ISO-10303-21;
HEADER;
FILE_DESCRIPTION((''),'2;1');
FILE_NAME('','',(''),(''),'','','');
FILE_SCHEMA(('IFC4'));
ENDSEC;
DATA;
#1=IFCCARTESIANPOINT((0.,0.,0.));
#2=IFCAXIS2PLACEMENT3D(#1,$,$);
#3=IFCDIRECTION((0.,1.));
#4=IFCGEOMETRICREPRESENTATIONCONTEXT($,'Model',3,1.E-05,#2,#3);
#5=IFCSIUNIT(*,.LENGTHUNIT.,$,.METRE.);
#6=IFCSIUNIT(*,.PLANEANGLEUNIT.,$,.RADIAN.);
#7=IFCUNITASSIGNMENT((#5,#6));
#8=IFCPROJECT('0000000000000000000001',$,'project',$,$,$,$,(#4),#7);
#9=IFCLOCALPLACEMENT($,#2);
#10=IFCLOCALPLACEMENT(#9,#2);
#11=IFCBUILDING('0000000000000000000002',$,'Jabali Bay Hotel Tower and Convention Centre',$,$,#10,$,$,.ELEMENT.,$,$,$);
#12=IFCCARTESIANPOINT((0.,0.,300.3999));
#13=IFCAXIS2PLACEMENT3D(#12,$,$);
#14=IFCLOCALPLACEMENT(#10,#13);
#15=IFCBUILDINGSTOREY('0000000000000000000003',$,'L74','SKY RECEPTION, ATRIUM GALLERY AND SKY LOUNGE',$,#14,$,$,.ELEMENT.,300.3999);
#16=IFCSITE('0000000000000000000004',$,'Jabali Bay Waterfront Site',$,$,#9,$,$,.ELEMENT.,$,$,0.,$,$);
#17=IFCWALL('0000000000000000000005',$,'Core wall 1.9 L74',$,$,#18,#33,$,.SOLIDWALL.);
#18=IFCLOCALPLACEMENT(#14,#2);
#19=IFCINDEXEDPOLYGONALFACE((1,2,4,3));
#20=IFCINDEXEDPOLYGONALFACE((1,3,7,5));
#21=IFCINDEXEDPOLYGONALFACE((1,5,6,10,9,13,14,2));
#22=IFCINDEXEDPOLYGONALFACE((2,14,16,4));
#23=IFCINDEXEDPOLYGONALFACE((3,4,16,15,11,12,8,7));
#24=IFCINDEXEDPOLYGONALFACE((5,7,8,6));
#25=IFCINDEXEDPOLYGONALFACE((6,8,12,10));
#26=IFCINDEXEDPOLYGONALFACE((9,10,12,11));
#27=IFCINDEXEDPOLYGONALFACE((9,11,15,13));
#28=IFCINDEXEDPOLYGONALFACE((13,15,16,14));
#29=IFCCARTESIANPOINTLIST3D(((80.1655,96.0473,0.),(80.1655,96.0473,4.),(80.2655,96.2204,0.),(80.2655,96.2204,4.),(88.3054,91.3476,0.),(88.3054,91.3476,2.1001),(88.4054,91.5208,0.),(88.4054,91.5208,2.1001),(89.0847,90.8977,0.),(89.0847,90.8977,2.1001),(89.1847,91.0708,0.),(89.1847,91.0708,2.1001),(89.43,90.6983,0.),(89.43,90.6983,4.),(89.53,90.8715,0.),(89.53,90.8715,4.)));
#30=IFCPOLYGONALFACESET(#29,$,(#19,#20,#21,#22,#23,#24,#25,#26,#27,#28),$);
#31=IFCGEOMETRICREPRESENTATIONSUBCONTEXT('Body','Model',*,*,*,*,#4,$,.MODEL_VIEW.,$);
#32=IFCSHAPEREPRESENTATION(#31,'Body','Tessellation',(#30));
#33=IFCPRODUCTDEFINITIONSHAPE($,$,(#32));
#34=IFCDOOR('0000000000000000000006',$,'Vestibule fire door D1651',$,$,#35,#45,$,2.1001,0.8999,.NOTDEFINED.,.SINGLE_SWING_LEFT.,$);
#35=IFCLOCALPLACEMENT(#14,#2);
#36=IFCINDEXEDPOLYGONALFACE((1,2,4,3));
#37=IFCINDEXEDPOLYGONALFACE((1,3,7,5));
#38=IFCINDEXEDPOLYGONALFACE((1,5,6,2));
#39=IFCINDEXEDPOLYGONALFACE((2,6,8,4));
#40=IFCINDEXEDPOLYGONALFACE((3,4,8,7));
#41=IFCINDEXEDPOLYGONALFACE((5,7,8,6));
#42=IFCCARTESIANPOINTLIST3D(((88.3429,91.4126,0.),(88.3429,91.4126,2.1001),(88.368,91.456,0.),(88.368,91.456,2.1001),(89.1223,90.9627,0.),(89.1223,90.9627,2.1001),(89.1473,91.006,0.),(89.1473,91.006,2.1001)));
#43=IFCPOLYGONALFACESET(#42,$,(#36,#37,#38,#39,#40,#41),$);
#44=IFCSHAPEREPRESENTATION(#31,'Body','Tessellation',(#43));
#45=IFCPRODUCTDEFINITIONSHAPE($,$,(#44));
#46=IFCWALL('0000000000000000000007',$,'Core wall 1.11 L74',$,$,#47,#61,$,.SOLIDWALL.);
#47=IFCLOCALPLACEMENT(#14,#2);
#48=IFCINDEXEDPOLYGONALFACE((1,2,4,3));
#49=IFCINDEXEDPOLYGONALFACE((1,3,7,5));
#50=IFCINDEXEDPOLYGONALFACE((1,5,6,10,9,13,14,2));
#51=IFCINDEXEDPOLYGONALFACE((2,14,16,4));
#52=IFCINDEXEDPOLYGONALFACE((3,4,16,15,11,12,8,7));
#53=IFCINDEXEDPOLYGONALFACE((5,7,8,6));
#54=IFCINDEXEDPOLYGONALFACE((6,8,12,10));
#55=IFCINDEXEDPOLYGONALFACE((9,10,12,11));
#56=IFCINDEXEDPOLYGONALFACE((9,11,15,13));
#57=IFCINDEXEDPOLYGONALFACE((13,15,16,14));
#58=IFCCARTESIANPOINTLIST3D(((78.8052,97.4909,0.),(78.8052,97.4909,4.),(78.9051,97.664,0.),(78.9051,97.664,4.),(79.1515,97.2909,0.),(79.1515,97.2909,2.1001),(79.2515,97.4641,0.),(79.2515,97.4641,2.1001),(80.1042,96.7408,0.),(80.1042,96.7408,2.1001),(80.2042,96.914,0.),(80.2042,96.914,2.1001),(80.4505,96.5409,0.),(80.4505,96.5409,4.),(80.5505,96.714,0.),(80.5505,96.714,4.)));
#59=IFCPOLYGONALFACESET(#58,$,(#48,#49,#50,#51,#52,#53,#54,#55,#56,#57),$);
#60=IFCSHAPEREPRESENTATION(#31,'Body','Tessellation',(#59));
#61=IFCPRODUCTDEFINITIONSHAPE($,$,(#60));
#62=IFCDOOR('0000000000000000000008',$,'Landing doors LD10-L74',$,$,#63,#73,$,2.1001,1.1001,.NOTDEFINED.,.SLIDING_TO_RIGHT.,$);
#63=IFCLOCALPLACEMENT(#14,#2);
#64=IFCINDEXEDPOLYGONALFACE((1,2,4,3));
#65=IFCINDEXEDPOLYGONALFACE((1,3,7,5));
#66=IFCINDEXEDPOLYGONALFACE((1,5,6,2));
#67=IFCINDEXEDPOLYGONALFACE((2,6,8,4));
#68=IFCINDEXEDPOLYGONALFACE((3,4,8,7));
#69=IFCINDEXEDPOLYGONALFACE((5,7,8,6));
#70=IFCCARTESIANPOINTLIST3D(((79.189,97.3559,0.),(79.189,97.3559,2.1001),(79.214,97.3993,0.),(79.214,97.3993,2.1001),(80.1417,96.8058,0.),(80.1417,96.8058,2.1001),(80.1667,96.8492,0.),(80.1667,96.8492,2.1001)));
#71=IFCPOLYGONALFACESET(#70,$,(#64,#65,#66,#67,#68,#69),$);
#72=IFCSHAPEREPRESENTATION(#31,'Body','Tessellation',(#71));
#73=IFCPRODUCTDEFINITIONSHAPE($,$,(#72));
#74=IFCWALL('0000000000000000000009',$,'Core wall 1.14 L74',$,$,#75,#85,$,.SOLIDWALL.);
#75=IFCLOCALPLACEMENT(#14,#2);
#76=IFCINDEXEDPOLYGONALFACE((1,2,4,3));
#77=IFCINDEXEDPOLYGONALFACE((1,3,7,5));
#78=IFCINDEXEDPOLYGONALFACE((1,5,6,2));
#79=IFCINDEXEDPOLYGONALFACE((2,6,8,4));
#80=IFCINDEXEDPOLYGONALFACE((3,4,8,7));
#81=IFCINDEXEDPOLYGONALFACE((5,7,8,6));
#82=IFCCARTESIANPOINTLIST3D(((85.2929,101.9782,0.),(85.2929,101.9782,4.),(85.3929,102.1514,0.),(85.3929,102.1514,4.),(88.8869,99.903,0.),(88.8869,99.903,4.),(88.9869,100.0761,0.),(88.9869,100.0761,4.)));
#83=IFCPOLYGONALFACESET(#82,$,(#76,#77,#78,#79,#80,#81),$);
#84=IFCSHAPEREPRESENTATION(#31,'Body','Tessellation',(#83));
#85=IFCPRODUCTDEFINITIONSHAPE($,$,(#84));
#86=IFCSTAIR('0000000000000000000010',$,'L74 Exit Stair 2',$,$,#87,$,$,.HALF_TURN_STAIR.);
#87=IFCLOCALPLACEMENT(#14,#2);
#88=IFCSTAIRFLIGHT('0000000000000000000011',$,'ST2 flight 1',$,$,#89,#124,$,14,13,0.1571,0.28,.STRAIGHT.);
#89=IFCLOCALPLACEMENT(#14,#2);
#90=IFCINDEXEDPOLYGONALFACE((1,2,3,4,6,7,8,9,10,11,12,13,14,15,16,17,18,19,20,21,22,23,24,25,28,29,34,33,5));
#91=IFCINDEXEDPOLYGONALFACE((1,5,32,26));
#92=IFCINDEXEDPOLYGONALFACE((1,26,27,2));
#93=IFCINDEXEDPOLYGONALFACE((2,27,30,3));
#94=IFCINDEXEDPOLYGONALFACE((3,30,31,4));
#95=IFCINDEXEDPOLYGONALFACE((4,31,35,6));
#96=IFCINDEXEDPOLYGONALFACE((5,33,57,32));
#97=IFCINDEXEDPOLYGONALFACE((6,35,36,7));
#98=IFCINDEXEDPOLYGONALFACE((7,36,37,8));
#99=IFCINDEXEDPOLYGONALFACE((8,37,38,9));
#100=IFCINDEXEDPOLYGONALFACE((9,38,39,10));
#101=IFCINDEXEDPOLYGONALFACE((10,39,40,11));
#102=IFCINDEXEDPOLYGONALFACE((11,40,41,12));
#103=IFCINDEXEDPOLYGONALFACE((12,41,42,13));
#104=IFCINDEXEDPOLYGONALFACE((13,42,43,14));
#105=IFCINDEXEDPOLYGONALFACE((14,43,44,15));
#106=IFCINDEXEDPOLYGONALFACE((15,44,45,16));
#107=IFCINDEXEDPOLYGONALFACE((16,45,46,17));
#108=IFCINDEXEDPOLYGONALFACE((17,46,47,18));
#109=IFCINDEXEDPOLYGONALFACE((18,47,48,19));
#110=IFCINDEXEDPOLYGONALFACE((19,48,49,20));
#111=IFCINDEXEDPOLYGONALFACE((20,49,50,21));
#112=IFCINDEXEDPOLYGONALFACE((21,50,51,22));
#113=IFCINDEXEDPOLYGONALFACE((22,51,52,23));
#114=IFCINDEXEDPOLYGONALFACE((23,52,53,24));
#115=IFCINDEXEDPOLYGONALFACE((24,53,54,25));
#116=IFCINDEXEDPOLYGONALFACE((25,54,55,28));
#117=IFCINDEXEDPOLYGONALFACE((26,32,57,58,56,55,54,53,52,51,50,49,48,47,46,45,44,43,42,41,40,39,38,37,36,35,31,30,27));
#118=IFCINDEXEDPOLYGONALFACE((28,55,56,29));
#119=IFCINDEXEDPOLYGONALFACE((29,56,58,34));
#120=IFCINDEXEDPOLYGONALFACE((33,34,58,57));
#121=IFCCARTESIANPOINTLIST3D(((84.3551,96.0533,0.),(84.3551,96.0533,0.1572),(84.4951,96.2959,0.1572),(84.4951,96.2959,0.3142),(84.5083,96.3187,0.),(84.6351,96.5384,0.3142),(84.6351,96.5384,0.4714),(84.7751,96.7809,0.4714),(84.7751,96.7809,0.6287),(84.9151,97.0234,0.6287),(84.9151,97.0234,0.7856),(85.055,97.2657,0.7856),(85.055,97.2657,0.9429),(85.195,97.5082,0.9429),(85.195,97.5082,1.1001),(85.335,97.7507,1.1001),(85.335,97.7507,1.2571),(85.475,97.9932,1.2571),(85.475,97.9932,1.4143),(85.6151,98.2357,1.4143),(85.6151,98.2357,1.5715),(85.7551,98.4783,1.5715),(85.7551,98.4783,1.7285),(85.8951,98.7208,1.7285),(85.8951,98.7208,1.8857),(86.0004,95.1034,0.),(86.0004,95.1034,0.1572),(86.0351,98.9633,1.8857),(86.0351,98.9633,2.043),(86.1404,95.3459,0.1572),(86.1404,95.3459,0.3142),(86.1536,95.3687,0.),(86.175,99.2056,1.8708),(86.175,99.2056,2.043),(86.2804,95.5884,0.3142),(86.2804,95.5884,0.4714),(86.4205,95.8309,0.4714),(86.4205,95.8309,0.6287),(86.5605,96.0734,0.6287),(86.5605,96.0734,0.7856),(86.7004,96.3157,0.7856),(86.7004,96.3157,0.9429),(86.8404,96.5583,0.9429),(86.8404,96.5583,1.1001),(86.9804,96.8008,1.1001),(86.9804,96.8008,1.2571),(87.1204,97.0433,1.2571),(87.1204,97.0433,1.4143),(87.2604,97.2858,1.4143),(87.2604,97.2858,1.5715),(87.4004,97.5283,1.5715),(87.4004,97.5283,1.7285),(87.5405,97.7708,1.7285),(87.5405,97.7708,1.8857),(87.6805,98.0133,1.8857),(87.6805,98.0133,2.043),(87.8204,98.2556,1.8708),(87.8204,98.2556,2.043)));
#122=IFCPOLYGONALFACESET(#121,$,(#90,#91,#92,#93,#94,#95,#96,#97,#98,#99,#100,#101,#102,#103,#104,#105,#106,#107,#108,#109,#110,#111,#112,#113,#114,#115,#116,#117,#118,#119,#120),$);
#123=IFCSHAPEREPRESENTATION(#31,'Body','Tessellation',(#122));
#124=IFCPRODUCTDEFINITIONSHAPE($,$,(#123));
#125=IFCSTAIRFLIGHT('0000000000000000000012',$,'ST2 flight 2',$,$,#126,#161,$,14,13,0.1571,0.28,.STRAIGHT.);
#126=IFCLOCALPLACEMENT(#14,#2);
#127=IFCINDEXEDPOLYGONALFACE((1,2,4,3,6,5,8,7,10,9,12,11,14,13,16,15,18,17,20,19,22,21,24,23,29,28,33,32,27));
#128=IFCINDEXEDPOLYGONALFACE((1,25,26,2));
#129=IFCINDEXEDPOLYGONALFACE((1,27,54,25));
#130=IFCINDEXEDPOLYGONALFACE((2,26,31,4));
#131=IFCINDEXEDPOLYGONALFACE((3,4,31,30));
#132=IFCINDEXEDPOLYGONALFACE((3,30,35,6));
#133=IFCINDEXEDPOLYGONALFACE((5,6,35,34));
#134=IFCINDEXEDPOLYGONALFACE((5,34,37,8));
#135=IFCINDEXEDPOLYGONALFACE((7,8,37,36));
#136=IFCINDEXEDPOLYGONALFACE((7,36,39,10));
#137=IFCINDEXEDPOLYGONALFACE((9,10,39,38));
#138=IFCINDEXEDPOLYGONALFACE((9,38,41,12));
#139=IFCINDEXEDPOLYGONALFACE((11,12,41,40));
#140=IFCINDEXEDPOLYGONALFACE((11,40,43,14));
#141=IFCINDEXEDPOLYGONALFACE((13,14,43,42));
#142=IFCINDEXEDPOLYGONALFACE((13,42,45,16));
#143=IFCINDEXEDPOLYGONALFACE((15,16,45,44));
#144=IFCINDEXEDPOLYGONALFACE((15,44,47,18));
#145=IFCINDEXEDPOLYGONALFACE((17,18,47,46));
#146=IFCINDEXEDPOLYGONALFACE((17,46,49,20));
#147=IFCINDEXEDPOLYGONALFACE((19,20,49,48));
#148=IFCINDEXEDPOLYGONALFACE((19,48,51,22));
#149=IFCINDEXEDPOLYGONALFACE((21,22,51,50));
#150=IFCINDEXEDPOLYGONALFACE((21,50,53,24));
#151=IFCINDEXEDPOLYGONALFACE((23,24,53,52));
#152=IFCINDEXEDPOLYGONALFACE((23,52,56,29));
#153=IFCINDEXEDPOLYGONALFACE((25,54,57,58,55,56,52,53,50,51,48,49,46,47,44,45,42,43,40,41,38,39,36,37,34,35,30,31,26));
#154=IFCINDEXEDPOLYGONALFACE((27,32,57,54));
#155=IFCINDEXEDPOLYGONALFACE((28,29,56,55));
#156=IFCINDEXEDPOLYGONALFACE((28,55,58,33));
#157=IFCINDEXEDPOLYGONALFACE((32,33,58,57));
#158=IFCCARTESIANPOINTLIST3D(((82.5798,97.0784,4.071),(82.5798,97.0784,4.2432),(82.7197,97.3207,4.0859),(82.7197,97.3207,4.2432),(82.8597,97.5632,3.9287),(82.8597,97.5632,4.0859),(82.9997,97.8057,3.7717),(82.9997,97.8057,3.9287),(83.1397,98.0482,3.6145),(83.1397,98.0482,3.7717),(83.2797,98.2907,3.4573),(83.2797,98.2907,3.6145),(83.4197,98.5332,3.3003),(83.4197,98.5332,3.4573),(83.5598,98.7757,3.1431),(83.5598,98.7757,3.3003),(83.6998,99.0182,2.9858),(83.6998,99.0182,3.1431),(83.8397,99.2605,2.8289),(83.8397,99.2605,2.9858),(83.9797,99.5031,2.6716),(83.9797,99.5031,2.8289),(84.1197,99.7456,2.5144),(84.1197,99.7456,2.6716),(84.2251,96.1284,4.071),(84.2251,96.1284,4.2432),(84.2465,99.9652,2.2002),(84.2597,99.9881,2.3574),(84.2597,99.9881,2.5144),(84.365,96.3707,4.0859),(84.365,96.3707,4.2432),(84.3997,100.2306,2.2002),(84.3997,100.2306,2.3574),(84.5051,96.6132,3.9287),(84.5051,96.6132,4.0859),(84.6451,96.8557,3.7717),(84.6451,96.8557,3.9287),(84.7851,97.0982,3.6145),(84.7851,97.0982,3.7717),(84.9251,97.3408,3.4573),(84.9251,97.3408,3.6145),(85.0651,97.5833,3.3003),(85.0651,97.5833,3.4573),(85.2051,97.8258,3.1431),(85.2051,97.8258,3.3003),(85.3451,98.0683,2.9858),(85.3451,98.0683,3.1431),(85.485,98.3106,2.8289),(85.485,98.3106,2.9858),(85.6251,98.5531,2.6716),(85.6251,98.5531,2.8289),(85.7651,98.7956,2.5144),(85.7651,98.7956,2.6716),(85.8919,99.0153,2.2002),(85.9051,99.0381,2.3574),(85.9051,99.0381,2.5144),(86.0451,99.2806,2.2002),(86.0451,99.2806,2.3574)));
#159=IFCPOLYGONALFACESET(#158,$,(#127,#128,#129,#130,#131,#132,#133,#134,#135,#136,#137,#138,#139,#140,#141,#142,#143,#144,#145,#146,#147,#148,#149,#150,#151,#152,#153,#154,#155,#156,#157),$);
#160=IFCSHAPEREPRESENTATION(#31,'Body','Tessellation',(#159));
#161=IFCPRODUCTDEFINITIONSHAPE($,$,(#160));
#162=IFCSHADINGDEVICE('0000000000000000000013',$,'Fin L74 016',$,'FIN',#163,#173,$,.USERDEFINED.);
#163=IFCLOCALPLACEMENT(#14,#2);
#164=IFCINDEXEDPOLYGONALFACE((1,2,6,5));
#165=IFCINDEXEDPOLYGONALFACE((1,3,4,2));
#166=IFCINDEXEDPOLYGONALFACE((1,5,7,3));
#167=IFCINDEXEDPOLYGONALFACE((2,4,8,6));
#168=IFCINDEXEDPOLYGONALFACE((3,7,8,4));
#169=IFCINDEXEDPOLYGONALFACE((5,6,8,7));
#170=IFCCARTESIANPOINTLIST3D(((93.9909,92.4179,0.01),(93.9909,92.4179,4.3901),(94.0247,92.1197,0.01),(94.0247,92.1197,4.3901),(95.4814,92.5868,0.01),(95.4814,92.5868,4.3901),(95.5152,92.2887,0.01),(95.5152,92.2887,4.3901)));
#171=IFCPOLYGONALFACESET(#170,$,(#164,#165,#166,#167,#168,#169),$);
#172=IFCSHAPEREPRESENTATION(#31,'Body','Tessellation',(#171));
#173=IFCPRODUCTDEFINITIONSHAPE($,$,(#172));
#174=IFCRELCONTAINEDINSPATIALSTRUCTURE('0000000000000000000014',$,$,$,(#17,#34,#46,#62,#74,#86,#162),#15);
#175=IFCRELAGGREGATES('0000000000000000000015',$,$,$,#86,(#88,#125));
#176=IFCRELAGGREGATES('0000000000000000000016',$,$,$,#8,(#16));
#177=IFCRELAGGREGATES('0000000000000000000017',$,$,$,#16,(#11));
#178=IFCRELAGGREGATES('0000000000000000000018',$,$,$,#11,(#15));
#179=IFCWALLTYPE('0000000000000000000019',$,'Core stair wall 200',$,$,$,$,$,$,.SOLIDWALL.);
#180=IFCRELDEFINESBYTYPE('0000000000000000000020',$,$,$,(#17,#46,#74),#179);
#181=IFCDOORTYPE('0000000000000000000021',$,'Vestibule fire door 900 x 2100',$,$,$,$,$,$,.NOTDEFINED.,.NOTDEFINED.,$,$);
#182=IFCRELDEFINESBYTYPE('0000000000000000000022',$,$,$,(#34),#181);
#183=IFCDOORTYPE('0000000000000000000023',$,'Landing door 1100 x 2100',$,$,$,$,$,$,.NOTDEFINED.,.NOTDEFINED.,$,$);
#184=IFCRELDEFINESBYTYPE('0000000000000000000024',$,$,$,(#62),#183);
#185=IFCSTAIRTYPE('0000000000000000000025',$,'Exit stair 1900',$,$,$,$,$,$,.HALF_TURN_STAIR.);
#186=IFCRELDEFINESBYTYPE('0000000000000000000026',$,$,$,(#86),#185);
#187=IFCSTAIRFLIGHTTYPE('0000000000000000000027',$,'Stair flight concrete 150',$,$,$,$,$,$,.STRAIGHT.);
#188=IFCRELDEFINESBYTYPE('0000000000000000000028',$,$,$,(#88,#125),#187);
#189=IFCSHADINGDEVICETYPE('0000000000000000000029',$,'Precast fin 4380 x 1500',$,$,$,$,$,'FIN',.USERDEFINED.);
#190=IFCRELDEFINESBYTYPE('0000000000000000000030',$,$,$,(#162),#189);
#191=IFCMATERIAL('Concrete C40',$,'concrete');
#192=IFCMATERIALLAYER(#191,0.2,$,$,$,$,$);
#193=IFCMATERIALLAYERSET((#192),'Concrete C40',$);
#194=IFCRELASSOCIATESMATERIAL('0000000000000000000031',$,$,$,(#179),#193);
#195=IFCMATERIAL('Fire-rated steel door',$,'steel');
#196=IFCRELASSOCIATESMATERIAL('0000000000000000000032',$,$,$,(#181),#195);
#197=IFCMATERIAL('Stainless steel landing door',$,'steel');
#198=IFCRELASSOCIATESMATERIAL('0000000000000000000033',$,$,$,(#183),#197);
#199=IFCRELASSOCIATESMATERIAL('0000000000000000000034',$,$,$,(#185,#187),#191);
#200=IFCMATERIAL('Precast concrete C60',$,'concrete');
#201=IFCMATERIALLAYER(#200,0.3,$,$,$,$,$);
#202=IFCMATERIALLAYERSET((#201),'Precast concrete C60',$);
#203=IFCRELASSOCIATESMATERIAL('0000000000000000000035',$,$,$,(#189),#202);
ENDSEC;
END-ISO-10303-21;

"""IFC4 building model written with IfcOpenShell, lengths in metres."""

from ifc_helpers import new_model, si_unit, direction, frame, frame_2d, origin, place, context, subcontext, project, spatial, polyline, rectangle, outline, extrude, material, layer, layer_set, type_object, element, fill, aggregate, save


model = new_model("IFC4")

# Units and contexts
model_context = context("Model", 3, precision=1e-05, world=origin(), true_north=direction((0.0, 1.0)))
body_context = subcontext(model_context, "Body", "Model", "MODEL_VIEW")
ifc_project = project(units=[si_unit("LENGTHUNIT", "METRE"), si_unit("PLANEANGLEUNIT", "RADIAN")], contexts=[model_context])

# Site, building, storey
site_placement = place(None, origin())
site = spatial("IfcSite", under=ifc_project, at=site_placement, Name="Jabali Bay Waterfront Site", CompositionType="ELEMENT", RefElevation=0.0)
building_placement = place(site_placement, origin())
building = spatial("IfcBuilding", under=site, at=building_placement, Name="Jabali Bay Hotel Tower and Convention Centre", CompositionType="ELEMENT")
storey_placement = place(building_placement, frame((0.0, 0.0, 300.3999)))
storey = spatial("IfcBuildingStorey", under=building, at=storey_placement, Name="L74", Description="SKY RECEPTION, ATRIUM GALLERY AND SKY LOUNGE", CompositionType="ELEMENT", Elevation=300.3999)

# Shared definitions
ifc_material_1 = material(Name="Fire-rated steel door", Category="steel")

# Shared definitions
ifc_material_2 = material(Name="Concrete C40", Category="concrete")
ifc_layer_1 = layer(ifc_material_2, 0.2)
ifc_layer_set_1 = layer_set([ifc_layer_1], Name="Concrete C40")
wall_type_1 = type_object("IfcWallType", Name="Core stair wall 200", PredefinedType="SOLIDWALL", material=ifc_layer_set_1)

# Walls, openings, doors
wall_1_placement = place(storey_placement, frame((89.48, 90.7849, 0.0), z_axis=(0.0, 0.0, 1.0), x_axis=(-0.866023, 0.500005, 0.0)))
wall_1 = element("IfcWall", 1, at=wall_1_placement, inside=storey, type_object=wall_type_1, Name="Core wall 1.9 L74", PredefinedType="SOLIDWALL", context=body_context, shape_type="SweptSolid", body=[
    extrude(rectangle(XDim=10.6978, YDim=0.2, at=frame_2d((5.3489, 0.0))), origin(), (0.0, 0.0, 1.0), 4.0),
])
opening_1_placement = place(wall_1_placement, frame((0.3987, 0.0, 0.0)))
opening_1 = element("IfcOpeningElement", 2, at=opening_1_placement, cuts=wall_1, PredefinedType="OPENING", context=body_context, shape_type="SweptSolid", body=[
    extrude(rectangle(XDim=0.8999, YDim=2.1001, at=frame_2d((0.45, 1.05))), frame((0.0, 0.1104, 0.0), z_axis=(0.0, -1.0, 0.0), x_axis=(1.0, 0.0, 0.0)), (0.0, 0.0, 1.0), 0.2209),
])
door_type_1 = type_object("IfcDoorType", Name="Vestibule fire door 900 x 2100", OperationType="NOTDEFINED", PredefinedType="NOTDEFINED", material=ifc_material_1)
door_1_placement = place(opening_1_placement, origin())
door_1 = element("IfcDoor", 3, at=door_1_placement, inside=storey, type_object=door_type_1, Name="Vestibule fire door D1651", OperationType="SINGLE_SWING_LEFT", OverallHeight=2.1001, OverallWidth=0.8999, PredefinedType="NOTDEFINED", context=body_context, shape_type="SweptSolid", body=[
    extrude(rectangle(XDim=0.8999, YDim=2.1001, at=frame_2d((0.45, 1.05))), frame((0.0, 0.0249, 0.0), z_axis=(0.0, -1.0, 0.0), x_axis=(1.0, 0.0, 0.0)), (0.0, 0.0, 1.0), 0.05),
])
fill(opening_1, door_1)
wall_2_placement = place(storey_placement, frame((80.5005, 96.6274, 0.0), z_axis=(0.0, 0.0, 1.0), x_axis=(-0.866012, 0.500023, 0.0)))
wall_2 = element("IfcWall", 4, at=wall_2_placement, inside=storey, type_object=wall_type_1, Name="Core wall 1.11 L74", PredefinedType="SOLIDWALL", context=body_context, shape_type="SweptSolid", body=[
    extrude(rectangle(XDim=1.8999, YDim=0.2, at=frame_2d((0.95, 0.0))), origin(), (0.0, 0.0, 1.0), 4.0),
])
opening_2_placement = place(wall_2_placement, frame((0.3999, 0.0, 0.0)))
opening_2 = element("IfcOpeningElement", 5, at=opening_2_placement, cuts=wall_2, PredefinedType="OPENING", context=body_context, shape_type="SweptSolid", body=[
    extrude(rectangle(XDim=1.1001, YDim=2.1001, at=frame_2d((0.55, 1.05))), frame((0.0, 0.1104, 0.0), z_axis=(0.0, -1.0, 0.0), x_axis=(1.0, 0.0, 0.0)), (0.0, 0.0, 1.0), 0.2209),
])
ifc_material_3 = material(Name="Stainless steel landing door", Category="steel")
door_type_2 = type_object("IfcDoorType", Name="Landing door 1100 x 2100", OperationType="NOTDEFINED", PredefinedType="NOTDEFINED", material=ifc_material_3)
door_2_placement = place(opening_2_placement, origin())
door_2 = element("IfcDoor", 6, at=door_2_placement, inside=storey, type_object=door_type_2, Name="Landing doors LD10-L74", OperationType="SLIDING_TO_RIGHT", OverallHeight=2.1001, OverallWidth=1.1001, PredefinedType="NOTDEFINED", context=body_context, shape_type="SweptSolid", body=[
    extrude(rectangle(XDim=1.1001, YDim=2.1001, at=frame_2d((0.55, 1.05))), frame((0.0, 0.0249, 0.0), z_axis=(0.0, -1.0, 0.0), x_axis=(1.0, 0.0, 0.0)), (0.0, 0.0, 1.0), 0.05),
])
fill(opening_2, door_2)

# Wall
wall_3_placement = place(storey_placement, frame((88.937, 99.9895, 0.0), z_axis=(0.0, 0.0, 1.0), x_axis=(-0.866004, 0.500036, 0.0)))
element("IfcWall", 7, at=wall_3_placement, inside=storey, type_object=wall_type_1, Name="Core wall 1.14 L74", PredefinedType="SOLIDWALL", context=body_context, shape_type="SweptSolid", body=[
    extrude(rectangle(XDim=4.1501, YDim=0.2, at=frame_2d((2.0752, 0.0))), origin(), (0.0, 0.0, 1.0), 4.0),
])

# Stair, stair flights
stair_type = type_object("IfcStairType", Name="Exit stair 1900", PredefinedType="HALF_TURN_STAIR", material=ifc_material_2)
stair_placement = place(storey_placement, origin())
stair = element("IfcStair", 8, at=stair_placement, inside=storey, type_object=stair_type, Name="L74 Exit Stair 2", PredefinedType="HALF_TURN_STAIR")
stair_flight_type = type_object("IfcStairFlightType", Name="Stair flight concrete 150", PredefinedType="STRAIGHT", material=ifc_material_2)
stair_flight_1_placement = place(storey_placement, frame((85.1777, 95.5784, 0.0), z_axis=(0.0, 0.0, 1.0), x_axis=(0.5, 0.866025, 0.0)))
stair_flight_1 = element("IfcStairFlight", 9, at=stair_flight_1_placement, type_object=stair_flight_type, Name="ST2 flight 1", NumberOfRisers=14, NumberOfTreads=13, PredefinedType="STRAIGHT", RiserHeight=0.1571, TreadLength=0.28, context=body_context, shape_type="SweptSolid", body=[
    extrude(outline(polyline([(0.0, 0.0), (0.0, 0.1572), (0.28, 0.1572), (0.28, 0.3142), (0.5601, 0.3142), (0.5601, 0.4714), (0.8401, 0.4714), (0.8401, 0.6287), (1.1201, 0.6287), (1.1201, 0.7856), (1.3999, 0.7856), (1.3999, 0.9429), (1.6799, 0.9429), (1.6799, 1.1001), (1.96, 1.1001), (1.96, 1.2571), (2.24, 1.2571), (2.24, 1.4143), (2.52, 1.4143), (2.52, 1.5715), (2.8, 1.5715), (2.8, 1.7285), (3.0801, 1.7285), (3.0801, 1.8857), (3.3601, 1.8857), (3.3601, 2.043), (3.6399, 2.043), (3.6399, 2.2), (3.6399, 1.8708), (0.3064, 0.0), (0.0, 0.0)])), frame((0.0, 0.95, 0.0), z_axis=(0.0, -1.0, 0.0), x_axis=(1.0, 0.0, 0.0)), (0.0, 0.0, 1.0), 1.8999),
])
stair_flight_2_placement = place(storey_placement, frame((85.2224, 99.7556, 2.2002), z_axis=(0.0, 0.0, 1.0), x_axis=(-0.5, -0.866025, 0.0)))
stair_flight_2 = element("IfcStairFlight", 10, at=stair_flight_2_placement, type_object=stair_flight_type, Name="ST2 flight 2", NumberOfRisers=14, NumberOfTreads=13, PredefinedType="STRAIGHT", RiserHeight=0.1571, TreadLength=0.28, context=body_context, shape_type="SweptSolid", body=[
    extrude(outline(polyline([(0.0, 0.0), (0.0, 0.1572), (0.28, 0.1572), (0.28, 0.3142), (0.5601, 0.3142), (0.5601, 0.4714), (0.8401, 0.4714), (0.8401, 0.6287), (1.1201, 0.6287), (1.1201, 0.7856), (1.3999, 0.7856), (1.3999, 0.9429), (1.6799, 0.9429), (1.6799, 1.1001), (1.96, 1.1001), (1.96, 1.2571), (2.24, 1.2571), (2.24, 1.4143), (2.52, 1.4143), (2.52, 1.5715), (2.8, 1.5715), (2.8, 1.7285), (3.0801, 1.7285), (3.0801, 1.8857), (3.3601, 1.8857), (3.3601, 2.043), (3.6399, 2.043), (3.6399, 2.2), (3.6399, 1.8708), (0.3064, 0.0), (0.0, 0.0)])), frame((0.0, 0.95, 0.0), z_axis=(0.0, -1.0, 0.0), x_axis=(1.0, 0.0, 0.0)), (0.0, 0.0, 1.0), 1.8999),
])
aggregate(stair, [stair_flight_1, stair_flight_2])

# Shading device
ifc_material_4 = material(Name="Precast concrete C60", Category="concrete")
ifc_layer_2 = layer(ifc_material_4, 0.3)
ifc_layer_set_2 = layer_set([ifc_layer_2], Name="Precast concrete C60")
shading_device_type = type_object("IfcShadingDeviceType", Name="Precast fin 4380 x 1500", ElementType="FIN", PredefinedType="USERDEFINED", material=ifc_layer_set_2)
for number, where, z_axis, x_axis, name in (
    (11, (94.0078, 92.2688, 0.01), (0.0, 0.0, 1.0), (0.993637, 0.112628, 0.0), "Fin L74 016"),
):
    element("IfcShadingDevice", number, at=place(storey_placement, frame(where, z_axis=z_axis, x_axis=x_axis)), inside=storey, type_object=shading_device_type, Name=name, ObjectType="FIN", PredefinedType="USERDEFINED", context=body_context, shape_type="SweptSolid", body=[
        extrude(rectangle(XDim=1.5, YDim=0.3, at=frame_2d((0.75, 0.0))), origin(), (0.0, 0.0, 1.0), 4.3801),
    ])

save(model, "model.ifc")
